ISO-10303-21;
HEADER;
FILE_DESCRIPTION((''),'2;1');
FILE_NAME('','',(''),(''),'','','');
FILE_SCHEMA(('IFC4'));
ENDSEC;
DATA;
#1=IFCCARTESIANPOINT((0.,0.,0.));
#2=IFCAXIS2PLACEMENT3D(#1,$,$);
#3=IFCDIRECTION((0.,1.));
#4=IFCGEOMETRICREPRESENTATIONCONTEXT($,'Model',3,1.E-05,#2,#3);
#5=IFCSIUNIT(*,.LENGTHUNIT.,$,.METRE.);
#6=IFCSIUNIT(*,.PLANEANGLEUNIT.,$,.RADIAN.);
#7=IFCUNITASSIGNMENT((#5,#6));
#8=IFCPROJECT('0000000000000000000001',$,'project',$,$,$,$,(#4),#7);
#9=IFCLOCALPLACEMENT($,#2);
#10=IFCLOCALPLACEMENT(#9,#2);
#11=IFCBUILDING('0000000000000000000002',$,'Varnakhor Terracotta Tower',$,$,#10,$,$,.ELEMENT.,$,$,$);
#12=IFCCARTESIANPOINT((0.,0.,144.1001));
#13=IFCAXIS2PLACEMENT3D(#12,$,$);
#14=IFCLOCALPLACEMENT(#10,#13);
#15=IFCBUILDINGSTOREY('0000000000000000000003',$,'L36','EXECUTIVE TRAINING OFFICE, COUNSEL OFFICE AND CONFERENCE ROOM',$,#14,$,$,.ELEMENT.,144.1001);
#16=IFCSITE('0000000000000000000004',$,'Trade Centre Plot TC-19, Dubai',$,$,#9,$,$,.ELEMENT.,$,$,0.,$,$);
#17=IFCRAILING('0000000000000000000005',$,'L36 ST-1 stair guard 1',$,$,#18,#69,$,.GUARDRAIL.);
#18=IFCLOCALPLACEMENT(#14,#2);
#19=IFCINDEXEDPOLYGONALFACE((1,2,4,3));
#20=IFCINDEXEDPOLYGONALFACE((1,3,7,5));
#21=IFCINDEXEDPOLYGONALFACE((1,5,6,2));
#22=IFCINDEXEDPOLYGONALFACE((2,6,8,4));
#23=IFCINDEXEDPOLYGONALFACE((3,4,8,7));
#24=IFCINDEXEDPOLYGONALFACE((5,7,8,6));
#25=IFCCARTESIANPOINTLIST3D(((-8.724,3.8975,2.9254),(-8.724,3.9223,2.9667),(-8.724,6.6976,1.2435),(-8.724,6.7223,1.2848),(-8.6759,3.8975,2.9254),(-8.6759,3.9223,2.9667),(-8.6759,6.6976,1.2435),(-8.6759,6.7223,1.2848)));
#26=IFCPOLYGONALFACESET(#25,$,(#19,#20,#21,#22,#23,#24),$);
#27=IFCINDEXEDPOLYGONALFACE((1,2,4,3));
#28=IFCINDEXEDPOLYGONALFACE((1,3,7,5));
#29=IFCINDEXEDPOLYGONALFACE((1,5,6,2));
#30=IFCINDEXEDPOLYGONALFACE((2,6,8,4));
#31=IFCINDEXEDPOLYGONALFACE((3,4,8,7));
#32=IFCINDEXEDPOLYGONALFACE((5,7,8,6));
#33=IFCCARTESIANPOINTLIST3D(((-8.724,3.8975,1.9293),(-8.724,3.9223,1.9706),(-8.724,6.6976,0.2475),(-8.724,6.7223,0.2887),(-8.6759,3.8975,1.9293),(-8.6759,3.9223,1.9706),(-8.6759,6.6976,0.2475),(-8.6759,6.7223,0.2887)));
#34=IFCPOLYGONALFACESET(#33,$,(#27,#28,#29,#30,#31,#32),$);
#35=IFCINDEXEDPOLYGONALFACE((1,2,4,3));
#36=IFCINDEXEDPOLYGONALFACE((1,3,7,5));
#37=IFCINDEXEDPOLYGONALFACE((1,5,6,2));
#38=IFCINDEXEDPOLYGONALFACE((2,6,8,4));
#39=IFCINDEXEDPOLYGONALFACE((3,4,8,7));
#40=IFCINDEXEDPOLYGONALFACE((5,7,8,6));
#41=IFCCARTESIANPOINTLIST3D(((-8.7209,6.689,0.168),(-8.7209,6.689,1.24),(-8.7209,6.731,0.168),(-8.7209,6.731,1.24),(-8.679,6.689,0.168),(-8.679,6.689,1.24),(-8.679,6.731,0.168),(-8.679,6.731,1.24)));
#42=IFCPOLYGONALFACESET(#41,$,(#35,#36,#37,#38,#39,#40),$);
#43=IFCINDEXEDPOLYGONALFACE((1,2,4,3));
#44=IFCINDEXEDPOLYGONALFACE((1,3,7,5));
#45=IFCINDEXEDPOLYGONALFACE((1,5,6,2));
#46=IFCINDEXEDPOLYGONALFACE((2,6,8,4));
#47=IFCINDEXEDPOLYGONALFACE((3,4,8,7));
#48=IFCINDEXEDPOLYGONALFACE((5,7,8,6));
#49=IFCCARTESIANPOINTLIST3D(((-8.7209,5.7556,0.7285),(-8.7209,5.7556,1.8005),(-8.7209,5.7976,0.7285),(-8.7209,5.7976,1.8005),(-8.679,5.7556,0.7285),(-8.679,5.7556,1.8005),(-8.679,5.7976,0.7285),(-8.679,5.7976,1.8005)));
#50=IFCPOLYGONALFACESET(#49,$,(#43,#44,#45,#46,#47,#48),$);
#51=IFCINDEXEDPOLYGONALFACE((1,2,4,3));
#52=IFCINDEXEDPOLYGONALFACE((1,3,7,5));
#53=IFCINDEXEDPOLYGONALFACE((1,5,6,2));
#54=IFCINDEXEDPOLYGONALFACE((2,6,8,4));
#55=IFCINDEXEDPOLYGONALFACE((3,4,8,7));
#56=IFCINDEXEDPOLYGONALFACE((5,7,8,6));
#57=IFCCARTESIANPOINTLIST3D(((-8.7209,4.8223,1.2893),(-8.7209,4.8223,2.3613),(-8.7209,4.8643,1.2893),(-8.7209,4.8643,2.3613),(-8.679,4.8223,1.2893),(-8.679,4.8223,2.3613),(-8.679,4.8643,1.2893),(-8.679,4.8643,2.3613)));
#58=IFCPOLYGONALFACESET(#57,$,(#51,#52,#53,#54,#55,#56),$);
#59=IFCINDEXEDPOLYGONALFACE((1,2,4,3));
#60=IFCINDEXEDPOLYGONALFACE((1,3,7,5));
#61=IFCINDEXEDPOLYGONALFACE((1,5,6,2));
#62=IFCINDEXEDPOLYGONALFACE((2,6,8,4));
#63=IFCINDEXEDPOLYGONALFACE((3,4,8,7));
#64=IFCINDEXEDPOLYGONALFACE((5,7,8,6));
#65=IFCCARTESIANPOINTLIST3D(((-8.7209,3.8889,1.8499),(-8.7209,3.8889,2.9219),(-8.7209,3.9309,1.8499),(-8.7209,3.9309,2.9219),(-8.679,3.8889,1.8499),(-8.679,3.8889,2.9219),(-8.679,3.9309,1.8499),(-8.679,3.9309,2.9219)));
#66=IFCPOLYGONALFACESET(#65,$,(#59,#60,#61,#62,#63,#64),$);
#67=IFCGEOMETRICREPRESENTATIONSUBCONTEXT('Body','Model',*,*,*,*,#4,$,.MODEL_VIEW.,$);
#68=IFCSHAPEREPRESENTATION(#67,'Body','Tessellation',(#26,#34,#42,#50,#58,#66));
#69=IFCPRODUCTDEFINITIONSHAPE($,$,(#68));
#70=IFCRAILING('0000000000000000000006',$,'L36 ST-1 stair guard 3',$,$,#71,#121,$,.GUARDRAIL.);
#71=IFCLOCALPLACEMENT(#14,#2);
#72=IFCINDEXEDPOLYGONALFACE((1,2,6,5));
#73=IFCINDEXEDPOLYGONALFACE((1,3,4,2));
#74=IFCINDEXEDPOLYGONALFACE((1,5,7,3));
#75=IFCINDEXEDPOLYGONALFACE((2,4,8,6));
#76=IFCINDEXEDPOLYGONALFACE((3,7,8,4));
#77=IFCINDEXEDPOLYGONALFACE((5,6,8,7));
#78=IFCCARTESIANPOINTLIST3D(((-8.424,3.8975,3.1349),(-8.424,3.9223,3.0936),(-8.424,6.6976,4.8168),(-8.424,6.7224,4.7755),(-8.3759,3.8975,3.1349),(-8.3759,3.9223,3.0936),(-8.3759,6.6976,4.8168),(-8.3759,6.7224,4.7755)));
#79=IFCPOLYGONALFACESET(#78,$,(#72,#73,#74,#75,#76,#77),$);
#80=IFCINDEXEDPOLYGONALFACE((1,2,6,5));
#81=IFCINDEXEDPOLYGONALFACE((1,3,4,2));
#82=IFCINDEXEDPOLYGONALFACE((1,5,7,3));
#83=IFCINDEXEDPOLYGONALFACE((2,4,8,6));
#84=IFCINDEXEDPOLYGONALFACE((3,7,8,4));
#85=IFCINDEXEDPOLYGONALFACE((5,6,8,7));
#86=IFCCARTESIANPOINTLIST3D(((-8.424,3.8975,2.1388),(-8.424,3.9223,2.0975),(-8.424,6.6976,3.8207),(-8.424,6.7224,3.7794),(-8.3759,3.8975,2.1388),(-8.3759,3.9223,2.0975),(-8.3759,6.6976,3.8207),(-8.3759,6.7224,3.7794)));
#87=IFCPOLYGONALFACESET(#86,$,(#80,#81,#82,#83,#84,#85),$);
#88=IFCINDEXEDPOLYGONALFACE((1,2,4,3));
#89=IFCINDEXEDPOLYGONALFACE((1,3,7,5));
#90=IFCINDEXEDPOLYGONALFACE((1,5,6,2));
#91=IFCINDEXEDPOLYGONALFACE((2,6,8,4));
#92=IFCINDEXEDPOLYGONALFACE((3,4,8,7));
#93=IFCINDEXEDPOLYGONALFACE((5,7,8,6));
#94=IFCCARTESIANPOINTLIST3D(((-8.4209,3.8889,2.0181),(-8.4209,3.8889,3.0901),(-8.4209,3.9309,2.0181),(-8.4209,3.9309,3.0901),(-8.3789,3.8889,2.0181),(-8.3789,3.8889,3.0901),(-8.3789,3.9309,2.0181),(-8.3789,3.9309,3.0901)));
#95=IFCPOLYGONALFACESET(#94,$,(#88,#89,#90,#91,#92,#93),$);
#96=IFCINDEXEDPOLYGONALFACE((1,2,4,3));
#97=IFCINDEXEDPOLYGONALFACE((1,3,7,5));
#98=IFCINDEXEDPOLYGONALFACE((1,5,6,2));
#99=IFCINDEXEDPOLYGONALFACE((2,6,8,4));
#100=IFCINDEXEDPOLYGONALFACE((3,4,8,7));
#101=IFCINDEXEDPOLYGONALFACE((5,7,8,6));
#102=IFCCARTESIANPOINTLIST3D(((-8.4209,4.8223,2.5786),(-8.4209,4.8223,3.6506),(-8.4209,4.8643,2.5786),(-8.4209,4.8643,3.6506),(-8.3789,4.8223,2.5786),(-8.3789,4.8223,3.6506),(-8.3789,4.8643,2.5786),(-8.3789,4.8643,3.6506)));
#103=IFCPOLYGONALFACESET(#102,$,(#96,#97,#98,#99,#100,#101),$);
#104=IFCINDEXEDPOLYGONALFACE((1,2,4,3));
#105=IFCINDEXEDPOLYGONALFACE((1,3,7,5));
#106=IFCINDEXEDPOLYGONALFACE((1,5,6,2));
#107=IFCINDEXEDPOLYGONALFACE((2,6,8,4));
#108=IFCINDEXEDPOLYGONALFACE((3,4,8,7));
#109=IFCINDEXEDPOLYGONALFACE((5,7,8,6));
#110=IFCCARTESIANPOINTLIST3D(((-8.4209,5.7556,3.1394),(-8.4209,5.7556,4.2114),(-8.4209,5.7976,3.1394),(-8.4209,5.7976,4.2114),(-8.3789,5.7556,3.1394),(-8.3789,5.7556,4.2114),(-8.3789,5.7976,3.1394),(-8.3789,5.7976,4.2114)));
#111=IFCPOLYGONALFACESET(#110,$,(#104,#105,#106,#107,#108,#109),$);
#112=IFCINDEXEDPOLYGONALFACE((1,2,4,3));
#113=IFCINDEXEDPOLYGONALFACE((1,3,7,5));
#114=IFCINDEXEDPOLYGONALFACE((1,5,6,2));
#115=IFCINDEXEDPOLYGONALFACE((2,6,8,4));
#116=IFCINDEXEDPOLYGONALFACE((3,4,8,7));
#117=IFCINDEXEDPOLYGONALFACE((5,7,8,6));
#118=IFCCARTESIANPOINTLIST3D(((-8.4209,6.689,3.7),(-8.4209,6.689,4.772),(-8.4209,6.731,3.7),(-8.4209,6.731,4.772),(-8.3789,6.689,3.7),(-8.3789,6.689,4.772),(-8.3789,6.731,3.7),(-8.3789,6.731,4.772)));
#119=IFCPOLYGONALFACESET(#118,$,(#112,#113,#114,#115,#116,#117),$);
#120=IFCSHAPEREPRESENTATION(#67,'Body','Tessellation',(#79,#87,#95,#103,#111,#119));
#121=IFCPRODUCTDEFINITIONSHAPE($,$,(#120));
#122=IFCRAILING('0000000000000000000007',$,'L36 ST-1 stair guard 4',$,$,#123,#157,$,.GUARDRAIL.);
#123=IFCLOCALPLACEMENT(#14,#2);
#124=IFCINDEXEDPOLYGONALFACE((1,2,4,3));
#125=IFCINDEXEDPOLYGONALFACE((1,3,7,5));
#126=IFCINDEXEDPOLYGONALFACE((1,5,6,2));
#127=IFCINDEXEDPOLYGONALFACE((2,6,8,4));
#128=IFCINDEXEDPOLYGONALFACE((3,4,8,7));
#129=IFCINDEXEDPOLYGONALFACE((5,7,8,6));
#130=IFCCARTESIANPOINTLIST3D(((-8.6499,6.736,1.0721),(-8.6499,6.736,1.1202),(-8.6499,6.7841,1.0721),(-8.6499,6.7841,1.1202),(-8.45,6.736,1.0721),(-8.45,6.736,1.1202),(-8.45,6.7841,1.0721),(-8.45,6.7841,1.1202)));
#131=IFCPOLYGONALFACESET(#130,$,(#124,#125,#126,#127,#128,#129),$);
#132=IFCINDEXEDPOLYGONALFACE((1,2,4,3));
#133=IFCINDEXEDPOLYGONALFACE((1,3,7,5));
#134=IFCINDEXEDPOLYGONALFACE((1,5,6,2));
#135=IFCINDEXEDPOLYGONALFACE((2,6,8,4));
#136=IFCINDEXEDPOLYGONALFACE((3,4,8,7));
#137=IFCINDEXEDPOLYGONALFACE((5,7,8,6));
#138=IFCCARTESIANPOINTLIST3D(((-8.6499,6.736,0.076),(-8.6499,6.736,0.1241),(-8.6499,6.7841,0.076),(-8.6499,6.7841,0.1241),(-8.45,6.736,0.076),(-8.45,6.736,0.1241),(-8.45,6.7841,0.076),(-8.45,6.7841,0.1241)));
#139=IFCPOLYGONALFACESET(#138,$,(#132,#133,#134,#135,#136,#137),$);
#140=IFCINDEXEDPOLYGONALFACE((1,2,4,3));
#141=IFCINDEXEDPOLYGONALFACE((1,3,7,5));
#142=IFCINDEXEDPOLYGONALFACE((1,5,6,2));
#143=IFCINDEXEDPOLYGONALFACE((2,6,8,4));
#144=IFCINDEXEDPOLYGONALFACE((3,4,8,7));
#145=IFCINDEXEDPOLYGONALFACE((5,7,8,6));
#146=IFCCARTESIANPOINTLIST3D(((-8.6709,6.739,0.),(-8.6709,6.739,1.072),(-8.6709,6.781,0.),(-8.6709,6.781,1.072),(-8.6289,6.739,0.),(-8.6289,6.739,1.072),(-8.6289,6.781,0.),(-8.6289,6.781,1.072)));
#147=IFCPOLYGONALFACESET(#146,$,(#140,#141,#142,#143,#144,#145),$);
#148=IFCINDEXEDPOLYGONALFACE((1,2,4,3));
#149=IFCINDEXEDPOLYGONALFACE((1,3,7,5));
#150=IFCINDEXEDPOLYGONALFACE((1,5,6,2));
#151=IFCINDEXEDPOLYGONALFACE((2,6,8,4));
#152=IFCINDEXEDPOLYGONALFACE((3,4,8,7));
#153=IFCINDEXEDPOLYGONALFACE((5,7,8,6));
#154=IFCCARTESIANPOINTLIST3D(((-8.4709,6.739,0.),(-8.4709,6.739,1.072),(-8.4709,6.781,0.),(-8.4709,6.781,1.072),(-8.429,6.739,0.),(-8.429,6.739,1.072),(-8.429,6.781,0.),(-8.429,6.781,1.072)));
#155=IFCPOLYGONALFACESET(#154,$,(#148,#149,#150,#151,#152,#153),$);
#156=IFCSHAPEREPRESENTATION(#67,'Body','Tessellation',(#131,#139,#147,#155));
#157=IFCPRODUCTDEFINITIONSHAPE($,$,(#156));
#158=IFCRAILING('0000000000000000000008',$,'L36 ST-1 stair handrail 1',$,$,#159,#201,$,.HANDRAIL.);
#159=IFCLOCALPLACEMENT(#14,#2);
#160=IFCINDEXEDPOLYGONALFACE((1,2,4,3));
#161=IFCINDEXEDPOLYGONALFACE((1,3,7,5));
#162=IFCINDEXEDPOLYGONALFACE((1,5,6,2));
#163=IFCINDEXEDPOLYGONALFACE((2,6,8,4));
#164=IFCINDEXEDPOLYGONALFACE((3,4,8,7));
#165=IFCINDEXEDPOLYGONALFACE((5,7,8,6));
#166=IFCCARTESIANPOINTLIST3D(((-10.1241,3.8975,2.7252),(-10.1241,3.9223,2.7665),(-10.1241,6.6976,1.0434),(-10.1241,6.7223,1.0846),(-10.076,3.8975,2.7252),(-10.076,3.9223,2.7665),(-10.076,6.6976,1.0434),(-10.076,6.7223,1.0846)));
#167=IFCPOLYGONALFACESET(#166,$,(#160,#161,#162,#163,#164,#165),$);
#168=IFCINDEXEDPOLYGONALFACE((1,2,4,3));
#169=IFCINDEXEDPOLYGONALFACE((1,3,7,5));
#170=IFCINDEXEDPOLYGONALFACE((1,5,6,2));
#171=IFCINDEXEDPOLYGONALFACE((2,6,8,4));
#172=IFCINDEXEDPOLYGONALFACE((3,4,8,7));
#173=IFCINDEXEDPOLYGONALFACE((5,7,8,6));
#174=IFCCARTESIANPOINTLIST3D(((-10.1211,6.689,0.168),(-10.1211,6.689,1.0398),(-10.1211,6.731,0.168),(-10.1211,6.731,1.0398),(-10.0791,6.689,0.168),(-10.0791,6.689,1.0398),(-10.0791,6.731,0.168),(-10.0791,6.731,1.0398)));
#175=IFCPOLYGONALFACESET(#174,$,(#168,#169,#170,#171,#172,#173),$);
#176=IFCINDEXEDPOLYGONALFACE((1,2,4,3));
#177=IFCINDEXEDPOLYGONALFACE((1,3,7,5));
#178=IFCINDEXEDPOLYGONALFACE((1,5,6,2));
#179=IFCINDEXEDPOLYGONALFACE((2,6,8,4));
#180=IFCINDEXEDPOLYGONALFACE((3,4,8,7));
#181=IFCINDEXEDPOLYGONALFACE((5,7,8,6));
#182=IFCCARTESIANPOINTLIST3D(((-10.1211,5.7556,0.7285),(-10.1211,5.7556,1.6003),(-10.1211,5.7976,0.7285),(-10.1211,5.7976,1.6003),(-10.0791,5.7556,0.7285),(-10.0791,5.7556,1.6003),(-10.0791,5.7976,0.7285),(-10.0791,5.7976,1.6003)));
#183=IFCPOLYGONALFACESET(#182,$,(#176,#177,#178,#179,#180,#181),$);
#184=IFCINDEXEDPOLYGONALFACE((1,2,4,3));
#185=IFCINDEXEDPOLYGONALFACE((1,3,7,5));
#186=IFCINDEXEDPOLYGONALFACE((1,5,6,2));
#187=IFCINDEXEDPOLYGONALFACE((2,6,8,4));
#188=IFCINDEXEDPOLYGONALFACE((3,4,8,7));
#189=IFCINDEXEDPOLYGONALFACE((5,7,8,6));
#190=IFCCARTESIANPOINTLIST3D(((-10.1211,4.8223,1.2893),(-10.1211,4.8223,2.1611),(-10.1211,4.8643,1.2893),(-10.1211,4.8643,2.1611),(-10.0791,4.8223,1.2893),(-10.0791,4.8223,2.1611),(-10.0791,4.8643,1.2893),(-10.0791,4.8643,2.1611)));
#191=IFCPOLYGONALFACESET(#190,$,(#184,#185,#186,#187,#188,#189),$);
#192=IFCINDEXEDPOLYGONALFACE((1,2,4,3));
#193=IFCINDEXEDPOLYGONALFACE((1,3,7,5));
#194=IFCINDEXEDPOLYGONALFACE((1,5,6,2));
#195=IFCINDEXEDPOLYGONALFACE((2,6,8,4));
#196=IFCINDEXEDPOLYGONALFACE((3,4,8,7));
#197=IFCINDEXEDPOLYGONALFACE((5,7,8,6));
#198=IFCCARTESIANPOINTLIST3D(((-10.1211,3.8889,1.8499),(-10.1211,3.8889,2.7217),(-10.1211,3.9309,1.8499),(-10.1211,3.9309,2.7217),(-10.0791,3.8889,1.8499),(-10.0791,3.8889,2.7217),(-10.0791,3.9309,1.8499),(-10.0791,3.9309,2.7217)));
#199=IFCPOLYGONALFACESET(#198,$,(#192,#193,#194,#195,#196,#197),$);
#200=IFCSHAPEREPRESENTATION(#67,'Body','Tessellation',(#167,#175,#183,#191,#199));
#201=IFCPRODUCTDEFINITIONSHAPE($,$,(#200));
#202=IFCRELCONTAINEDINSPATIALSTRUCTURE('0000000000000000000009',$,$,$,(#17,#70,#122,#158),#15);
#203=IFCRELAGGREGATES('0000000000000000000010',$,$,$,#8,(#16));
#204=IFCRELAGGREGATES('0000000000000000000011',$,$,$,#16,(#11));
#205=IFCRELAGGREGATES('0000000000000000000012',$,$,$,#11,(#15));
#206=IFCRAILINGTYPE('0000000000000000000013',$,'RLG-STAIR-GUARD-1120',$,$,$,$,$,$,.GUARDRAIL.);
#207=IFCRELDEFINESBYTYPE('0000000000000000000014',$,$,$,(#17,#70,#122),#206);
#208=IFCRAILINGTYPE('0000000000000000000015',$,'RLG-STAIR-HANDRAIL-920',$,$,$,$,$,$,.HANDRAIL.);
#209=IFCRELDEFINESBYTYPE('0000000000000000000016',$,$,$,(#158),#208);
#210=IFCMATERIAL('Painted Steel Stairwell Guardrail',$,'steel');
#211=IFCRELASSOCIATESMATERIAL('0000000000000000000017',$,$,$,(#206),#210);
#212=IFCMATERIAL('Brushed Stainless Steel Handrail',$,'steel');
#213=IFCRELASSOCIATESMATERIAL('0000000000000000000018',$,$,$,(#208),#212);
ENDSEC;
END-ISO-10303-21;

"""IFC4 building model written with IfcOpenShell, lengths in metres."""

from ifc_helpers import new_model, si_unit, direction, frame, origin, origin_2d, place, context, subcontext, project, spatial, rectangle, extrude, material, type_object, element, save


model = new_model("IFC4")

# Units and contexts
model_context = context("Model", 3, precision=1e-05, world=origin(), true_north=direction((0.0, 1.0)))
body_context = subcontext(model_context, "Body", "Model", "MODEL_VIEW")
ifc_project = project(units=[si_unit("LENGTHUNIT", "METRE"), si_unit("PLANEANGLEUNIT", "RADIAN")], contexts=[model_context])

# Site, building, storey
site_placement = place(None, origin())
site = spatial("IfcSite", under=ifc_project, at=site_placement, Name="Trade Centre Plot TC-19, Dubai", CompositionType="ELEMENT", RefElevation=0.0)
building_placement = place(site_placement, origin())
building = spatial("IfcBuilding", under=site, at=building_placement, Name="Varnakhor Terracotta Tower", CompositionType="ELEMENT")
storey_placement = place(building_placement, frame((0.0, 0.0, 144.1001)))
storey = spatial("IfcBuildingStorey", under=building, at=storey_placement, Name="L36", Description="EXECUTIVE TRAINING OFFICE, COUNSEL OFFICE AND CONFERENCE ROOM", CompositionType="ELEMENT", Elevation=144.1001)

# Railings
ifc_material_1 = material(Name="Painted Steel Stairwell Guardrail", Category="steel")
railing_type_1 = type_object("IfcRailingType", Name="RLG-STAIR-GUARD-1120", PredefinedType="GUARDRAIL", material=ifc_material_1)
railing_1_placement = place(storey_placement, frame((-8.7, 6.71, 0.168)))
element("IfcRailing", 1, at=railing_1_placement, inside=storey, type_object=railing_type_1, Name="L36 ST-1 stair guard 1", PredefinedType="GUARDRAIL", context=body_context, shape_type="SweptSolid", body=[
    extrude(rectangle(XDim=0.0481, YDim=0.0481, at=origin_2d()), frame((0.0, 0.0, 1.0962), z_axis=(0.0, -0.857242, 0.514913), x_axis=(1.0, 0.0, 0.0)), (0.0, 0.0, 1.0), 3.2664),
    extrude(rectangle(XDim=0.0481, YDim=0.0481, at=origin_2d()), frame((0.0, 0.0, 0.1001), z_axis=(0.0, -0.857242, 0.514913), x_axis=(1.0, 0.0, 0.0)), (0.0, 0.0, 1.0), 3.2664),
    extrude(rectangle(XDim=0.042, YDim=0.042, at=origin_2d()), origin(), (0.0, 0.0, 1.0), 1.072),
    extrude(rectangle(XDim=0.042, YDim=0.042, at=origin_2d()), frame((0.0, -0.9333, 0.5605)), (0.0, 0.0, 1.0), 1.072),
    extrude(rectangle(XDim=0.042, YDim=0.042, at=origin_2d()), frame((0.0, -1.8667, 1.1213)), (0.0, 0.0, 1.0), 1.072),
    extrude(rectangle(XDim=0.042, YDim=0.042, at=origin_2d()), frame((0.0, -2.8, 1.6819)), (0.0, 0.0, 1.0), 1.072),
])
railing_2_placement = place(storey_placement, frame((-8.3999, 3.9099, 2.0181)))
element("IfcRailing", 2, at=railing_2_placement, inside=storey, type_object=railing_type_1, Name="L36 ST-1 stair guard 3", PredefinedType="GUARDRAIL", context=body_context, shape_type="SweptSolid", body=[
    extrude(rectangle(XDim=0.0481, YDim=0.0481, at=origin_2d()), frame((0.0, 0.0, 1.0962), z_axis=(0.0, 0.857242, 0.514913), x_axis=(-1.0, 0.0, 0.0)), (0.0, 0.0, 1.0), 3.2664),
    extrude(rectangle(XDim=0.0481, YDim=0.0481, at=origin_2d()), frame((0.0, 0.0, 0.1001), z_axis=(0.0, 0.857242, 0.514913), x_axis=(-1.0, 0.0, 0.0)), (0.0, 0.0, 1.0), 3.2664),
    extrude(rectangle(XDim=0.042, YDim=0.042, at=origin_2d()), origin(), (0.0, 0.0, 1.0), 1.072),
    extrude(rectangle(XDim=0.042, YDim=0.042, at=origin_2d()), frame((0.0, 0.9333, 0.5605)), (0.0, 0.0, 1.0), 1.072),
    extrude(rectangle(XDim=0.042, YDim=0.042, at=origin_2d()), frame((0.0, 1.8667, 1.1213)), (0.0, 0.0, 1.0), 1.072),
    extrude(rectangle(XDim=0.042, YDim=0.042, at=origin_2d()), frame((0.0, 2.8, 1.6819)), (0.0, 0.0, 1.0), 1.072),
])
railing_3_placement = place(storey_placement, frame((-8.6499, 6.76, 0.0)))
element("IfcRailing", 3, at=railing_3_placement, inside=storey, type_object=railing_type_1, Name="L36 ST-1 stair guard 4", PredefinedType="GUARDRAIL", context=body_context, shape_type="SweptSolid", body=[
    extrude(rectangle(XDim=0.0481, YDim=0.0481, at=origin_2d()), frame((0.0, 0.0, 1.0962), z_axis=(1.0, 0.0, 0.0), x_axis=(0.0, 1.0, 0.0)), (0.0, 0.0, 1.0), 0.2),
    extrude(rectangle(XDim=0.0481, YDim=0.0481, at=origin_2d()), frame((0.0, 0.0, 0.1001), z_axis=(1.0, 0.0, 0.0), x_axis=(0.0, 1.0, 0.0)), (0.0, 0.0, 1.0), 0.2),
    extrude(rectangle(XDim=0.042, YDim=0.042, at=origin_2d()), origin(), (0.0, 0.0, 1.0), 1.072),
    extrude(rectangle(XDim=0.042, YDim=0.042, at=origin_2d()), frame((0.2, 0.0, 0.0)), (0.0, 0.0, 1.0), 1.072),
])
ifc_material_2 = material(Name="Brushed Stainless Steel Handrail", Category="steel")
railing_type_2 = type_object("IfcRailingType", Name="RLG-STAIR-HANDRAIL-920", PredefinedType="HANDRAIL", material=ifc_material_2)
railing_4_placement = place(storey_placement, frame((-10.1001, 6.71, 0.168)))
element("IfcRailing", 4, at=railing_4_placement, inside=storey, type_object=railing_type_2, Name="L36 ST-1 stair handrail 1", PredefinedType="HANDRAIL", context=body_context, shape_type="SweptSolid", body=[
    extrude(rectangle(XDim=0.0481, YDim=0.0481, at=origin_2d()), frame((0.0, 0.0, 0.896), z_axis=(0.0, -0.857242, 0.514913), x_axis=(1.0, 0.0, 0.0)), (0.0, 0.0, 1.0), 3.2664),
    extrude(rectangle(XDim=0.042, YDim=0.042, at=origin_2d()), origin(), (0.0, 0.0, 1.0), 0.8718),
    extrude(rectangle(XDim=0.042, YDim=0.042, at=origin_2d()), frame((0.0, -0.9333, 0.5605)), (0.0, 0.0, 1.0), 0.8718),
    extrude(rectangle(XDim=0.042, YDim=0.042, at=origin_2d()), frame((0.0, -1.8667, 1.1213)), (0.0, 0.0, 1.0), 0.8718),
    extrude(rectangle(XDim=0.042, YDim=0.042, at=origin_2d()), frame((0.0, -2.8, 1.6819)), (0.0, 0.0, 1.0), 0.8718),
])

save(model, "model.ifc")
